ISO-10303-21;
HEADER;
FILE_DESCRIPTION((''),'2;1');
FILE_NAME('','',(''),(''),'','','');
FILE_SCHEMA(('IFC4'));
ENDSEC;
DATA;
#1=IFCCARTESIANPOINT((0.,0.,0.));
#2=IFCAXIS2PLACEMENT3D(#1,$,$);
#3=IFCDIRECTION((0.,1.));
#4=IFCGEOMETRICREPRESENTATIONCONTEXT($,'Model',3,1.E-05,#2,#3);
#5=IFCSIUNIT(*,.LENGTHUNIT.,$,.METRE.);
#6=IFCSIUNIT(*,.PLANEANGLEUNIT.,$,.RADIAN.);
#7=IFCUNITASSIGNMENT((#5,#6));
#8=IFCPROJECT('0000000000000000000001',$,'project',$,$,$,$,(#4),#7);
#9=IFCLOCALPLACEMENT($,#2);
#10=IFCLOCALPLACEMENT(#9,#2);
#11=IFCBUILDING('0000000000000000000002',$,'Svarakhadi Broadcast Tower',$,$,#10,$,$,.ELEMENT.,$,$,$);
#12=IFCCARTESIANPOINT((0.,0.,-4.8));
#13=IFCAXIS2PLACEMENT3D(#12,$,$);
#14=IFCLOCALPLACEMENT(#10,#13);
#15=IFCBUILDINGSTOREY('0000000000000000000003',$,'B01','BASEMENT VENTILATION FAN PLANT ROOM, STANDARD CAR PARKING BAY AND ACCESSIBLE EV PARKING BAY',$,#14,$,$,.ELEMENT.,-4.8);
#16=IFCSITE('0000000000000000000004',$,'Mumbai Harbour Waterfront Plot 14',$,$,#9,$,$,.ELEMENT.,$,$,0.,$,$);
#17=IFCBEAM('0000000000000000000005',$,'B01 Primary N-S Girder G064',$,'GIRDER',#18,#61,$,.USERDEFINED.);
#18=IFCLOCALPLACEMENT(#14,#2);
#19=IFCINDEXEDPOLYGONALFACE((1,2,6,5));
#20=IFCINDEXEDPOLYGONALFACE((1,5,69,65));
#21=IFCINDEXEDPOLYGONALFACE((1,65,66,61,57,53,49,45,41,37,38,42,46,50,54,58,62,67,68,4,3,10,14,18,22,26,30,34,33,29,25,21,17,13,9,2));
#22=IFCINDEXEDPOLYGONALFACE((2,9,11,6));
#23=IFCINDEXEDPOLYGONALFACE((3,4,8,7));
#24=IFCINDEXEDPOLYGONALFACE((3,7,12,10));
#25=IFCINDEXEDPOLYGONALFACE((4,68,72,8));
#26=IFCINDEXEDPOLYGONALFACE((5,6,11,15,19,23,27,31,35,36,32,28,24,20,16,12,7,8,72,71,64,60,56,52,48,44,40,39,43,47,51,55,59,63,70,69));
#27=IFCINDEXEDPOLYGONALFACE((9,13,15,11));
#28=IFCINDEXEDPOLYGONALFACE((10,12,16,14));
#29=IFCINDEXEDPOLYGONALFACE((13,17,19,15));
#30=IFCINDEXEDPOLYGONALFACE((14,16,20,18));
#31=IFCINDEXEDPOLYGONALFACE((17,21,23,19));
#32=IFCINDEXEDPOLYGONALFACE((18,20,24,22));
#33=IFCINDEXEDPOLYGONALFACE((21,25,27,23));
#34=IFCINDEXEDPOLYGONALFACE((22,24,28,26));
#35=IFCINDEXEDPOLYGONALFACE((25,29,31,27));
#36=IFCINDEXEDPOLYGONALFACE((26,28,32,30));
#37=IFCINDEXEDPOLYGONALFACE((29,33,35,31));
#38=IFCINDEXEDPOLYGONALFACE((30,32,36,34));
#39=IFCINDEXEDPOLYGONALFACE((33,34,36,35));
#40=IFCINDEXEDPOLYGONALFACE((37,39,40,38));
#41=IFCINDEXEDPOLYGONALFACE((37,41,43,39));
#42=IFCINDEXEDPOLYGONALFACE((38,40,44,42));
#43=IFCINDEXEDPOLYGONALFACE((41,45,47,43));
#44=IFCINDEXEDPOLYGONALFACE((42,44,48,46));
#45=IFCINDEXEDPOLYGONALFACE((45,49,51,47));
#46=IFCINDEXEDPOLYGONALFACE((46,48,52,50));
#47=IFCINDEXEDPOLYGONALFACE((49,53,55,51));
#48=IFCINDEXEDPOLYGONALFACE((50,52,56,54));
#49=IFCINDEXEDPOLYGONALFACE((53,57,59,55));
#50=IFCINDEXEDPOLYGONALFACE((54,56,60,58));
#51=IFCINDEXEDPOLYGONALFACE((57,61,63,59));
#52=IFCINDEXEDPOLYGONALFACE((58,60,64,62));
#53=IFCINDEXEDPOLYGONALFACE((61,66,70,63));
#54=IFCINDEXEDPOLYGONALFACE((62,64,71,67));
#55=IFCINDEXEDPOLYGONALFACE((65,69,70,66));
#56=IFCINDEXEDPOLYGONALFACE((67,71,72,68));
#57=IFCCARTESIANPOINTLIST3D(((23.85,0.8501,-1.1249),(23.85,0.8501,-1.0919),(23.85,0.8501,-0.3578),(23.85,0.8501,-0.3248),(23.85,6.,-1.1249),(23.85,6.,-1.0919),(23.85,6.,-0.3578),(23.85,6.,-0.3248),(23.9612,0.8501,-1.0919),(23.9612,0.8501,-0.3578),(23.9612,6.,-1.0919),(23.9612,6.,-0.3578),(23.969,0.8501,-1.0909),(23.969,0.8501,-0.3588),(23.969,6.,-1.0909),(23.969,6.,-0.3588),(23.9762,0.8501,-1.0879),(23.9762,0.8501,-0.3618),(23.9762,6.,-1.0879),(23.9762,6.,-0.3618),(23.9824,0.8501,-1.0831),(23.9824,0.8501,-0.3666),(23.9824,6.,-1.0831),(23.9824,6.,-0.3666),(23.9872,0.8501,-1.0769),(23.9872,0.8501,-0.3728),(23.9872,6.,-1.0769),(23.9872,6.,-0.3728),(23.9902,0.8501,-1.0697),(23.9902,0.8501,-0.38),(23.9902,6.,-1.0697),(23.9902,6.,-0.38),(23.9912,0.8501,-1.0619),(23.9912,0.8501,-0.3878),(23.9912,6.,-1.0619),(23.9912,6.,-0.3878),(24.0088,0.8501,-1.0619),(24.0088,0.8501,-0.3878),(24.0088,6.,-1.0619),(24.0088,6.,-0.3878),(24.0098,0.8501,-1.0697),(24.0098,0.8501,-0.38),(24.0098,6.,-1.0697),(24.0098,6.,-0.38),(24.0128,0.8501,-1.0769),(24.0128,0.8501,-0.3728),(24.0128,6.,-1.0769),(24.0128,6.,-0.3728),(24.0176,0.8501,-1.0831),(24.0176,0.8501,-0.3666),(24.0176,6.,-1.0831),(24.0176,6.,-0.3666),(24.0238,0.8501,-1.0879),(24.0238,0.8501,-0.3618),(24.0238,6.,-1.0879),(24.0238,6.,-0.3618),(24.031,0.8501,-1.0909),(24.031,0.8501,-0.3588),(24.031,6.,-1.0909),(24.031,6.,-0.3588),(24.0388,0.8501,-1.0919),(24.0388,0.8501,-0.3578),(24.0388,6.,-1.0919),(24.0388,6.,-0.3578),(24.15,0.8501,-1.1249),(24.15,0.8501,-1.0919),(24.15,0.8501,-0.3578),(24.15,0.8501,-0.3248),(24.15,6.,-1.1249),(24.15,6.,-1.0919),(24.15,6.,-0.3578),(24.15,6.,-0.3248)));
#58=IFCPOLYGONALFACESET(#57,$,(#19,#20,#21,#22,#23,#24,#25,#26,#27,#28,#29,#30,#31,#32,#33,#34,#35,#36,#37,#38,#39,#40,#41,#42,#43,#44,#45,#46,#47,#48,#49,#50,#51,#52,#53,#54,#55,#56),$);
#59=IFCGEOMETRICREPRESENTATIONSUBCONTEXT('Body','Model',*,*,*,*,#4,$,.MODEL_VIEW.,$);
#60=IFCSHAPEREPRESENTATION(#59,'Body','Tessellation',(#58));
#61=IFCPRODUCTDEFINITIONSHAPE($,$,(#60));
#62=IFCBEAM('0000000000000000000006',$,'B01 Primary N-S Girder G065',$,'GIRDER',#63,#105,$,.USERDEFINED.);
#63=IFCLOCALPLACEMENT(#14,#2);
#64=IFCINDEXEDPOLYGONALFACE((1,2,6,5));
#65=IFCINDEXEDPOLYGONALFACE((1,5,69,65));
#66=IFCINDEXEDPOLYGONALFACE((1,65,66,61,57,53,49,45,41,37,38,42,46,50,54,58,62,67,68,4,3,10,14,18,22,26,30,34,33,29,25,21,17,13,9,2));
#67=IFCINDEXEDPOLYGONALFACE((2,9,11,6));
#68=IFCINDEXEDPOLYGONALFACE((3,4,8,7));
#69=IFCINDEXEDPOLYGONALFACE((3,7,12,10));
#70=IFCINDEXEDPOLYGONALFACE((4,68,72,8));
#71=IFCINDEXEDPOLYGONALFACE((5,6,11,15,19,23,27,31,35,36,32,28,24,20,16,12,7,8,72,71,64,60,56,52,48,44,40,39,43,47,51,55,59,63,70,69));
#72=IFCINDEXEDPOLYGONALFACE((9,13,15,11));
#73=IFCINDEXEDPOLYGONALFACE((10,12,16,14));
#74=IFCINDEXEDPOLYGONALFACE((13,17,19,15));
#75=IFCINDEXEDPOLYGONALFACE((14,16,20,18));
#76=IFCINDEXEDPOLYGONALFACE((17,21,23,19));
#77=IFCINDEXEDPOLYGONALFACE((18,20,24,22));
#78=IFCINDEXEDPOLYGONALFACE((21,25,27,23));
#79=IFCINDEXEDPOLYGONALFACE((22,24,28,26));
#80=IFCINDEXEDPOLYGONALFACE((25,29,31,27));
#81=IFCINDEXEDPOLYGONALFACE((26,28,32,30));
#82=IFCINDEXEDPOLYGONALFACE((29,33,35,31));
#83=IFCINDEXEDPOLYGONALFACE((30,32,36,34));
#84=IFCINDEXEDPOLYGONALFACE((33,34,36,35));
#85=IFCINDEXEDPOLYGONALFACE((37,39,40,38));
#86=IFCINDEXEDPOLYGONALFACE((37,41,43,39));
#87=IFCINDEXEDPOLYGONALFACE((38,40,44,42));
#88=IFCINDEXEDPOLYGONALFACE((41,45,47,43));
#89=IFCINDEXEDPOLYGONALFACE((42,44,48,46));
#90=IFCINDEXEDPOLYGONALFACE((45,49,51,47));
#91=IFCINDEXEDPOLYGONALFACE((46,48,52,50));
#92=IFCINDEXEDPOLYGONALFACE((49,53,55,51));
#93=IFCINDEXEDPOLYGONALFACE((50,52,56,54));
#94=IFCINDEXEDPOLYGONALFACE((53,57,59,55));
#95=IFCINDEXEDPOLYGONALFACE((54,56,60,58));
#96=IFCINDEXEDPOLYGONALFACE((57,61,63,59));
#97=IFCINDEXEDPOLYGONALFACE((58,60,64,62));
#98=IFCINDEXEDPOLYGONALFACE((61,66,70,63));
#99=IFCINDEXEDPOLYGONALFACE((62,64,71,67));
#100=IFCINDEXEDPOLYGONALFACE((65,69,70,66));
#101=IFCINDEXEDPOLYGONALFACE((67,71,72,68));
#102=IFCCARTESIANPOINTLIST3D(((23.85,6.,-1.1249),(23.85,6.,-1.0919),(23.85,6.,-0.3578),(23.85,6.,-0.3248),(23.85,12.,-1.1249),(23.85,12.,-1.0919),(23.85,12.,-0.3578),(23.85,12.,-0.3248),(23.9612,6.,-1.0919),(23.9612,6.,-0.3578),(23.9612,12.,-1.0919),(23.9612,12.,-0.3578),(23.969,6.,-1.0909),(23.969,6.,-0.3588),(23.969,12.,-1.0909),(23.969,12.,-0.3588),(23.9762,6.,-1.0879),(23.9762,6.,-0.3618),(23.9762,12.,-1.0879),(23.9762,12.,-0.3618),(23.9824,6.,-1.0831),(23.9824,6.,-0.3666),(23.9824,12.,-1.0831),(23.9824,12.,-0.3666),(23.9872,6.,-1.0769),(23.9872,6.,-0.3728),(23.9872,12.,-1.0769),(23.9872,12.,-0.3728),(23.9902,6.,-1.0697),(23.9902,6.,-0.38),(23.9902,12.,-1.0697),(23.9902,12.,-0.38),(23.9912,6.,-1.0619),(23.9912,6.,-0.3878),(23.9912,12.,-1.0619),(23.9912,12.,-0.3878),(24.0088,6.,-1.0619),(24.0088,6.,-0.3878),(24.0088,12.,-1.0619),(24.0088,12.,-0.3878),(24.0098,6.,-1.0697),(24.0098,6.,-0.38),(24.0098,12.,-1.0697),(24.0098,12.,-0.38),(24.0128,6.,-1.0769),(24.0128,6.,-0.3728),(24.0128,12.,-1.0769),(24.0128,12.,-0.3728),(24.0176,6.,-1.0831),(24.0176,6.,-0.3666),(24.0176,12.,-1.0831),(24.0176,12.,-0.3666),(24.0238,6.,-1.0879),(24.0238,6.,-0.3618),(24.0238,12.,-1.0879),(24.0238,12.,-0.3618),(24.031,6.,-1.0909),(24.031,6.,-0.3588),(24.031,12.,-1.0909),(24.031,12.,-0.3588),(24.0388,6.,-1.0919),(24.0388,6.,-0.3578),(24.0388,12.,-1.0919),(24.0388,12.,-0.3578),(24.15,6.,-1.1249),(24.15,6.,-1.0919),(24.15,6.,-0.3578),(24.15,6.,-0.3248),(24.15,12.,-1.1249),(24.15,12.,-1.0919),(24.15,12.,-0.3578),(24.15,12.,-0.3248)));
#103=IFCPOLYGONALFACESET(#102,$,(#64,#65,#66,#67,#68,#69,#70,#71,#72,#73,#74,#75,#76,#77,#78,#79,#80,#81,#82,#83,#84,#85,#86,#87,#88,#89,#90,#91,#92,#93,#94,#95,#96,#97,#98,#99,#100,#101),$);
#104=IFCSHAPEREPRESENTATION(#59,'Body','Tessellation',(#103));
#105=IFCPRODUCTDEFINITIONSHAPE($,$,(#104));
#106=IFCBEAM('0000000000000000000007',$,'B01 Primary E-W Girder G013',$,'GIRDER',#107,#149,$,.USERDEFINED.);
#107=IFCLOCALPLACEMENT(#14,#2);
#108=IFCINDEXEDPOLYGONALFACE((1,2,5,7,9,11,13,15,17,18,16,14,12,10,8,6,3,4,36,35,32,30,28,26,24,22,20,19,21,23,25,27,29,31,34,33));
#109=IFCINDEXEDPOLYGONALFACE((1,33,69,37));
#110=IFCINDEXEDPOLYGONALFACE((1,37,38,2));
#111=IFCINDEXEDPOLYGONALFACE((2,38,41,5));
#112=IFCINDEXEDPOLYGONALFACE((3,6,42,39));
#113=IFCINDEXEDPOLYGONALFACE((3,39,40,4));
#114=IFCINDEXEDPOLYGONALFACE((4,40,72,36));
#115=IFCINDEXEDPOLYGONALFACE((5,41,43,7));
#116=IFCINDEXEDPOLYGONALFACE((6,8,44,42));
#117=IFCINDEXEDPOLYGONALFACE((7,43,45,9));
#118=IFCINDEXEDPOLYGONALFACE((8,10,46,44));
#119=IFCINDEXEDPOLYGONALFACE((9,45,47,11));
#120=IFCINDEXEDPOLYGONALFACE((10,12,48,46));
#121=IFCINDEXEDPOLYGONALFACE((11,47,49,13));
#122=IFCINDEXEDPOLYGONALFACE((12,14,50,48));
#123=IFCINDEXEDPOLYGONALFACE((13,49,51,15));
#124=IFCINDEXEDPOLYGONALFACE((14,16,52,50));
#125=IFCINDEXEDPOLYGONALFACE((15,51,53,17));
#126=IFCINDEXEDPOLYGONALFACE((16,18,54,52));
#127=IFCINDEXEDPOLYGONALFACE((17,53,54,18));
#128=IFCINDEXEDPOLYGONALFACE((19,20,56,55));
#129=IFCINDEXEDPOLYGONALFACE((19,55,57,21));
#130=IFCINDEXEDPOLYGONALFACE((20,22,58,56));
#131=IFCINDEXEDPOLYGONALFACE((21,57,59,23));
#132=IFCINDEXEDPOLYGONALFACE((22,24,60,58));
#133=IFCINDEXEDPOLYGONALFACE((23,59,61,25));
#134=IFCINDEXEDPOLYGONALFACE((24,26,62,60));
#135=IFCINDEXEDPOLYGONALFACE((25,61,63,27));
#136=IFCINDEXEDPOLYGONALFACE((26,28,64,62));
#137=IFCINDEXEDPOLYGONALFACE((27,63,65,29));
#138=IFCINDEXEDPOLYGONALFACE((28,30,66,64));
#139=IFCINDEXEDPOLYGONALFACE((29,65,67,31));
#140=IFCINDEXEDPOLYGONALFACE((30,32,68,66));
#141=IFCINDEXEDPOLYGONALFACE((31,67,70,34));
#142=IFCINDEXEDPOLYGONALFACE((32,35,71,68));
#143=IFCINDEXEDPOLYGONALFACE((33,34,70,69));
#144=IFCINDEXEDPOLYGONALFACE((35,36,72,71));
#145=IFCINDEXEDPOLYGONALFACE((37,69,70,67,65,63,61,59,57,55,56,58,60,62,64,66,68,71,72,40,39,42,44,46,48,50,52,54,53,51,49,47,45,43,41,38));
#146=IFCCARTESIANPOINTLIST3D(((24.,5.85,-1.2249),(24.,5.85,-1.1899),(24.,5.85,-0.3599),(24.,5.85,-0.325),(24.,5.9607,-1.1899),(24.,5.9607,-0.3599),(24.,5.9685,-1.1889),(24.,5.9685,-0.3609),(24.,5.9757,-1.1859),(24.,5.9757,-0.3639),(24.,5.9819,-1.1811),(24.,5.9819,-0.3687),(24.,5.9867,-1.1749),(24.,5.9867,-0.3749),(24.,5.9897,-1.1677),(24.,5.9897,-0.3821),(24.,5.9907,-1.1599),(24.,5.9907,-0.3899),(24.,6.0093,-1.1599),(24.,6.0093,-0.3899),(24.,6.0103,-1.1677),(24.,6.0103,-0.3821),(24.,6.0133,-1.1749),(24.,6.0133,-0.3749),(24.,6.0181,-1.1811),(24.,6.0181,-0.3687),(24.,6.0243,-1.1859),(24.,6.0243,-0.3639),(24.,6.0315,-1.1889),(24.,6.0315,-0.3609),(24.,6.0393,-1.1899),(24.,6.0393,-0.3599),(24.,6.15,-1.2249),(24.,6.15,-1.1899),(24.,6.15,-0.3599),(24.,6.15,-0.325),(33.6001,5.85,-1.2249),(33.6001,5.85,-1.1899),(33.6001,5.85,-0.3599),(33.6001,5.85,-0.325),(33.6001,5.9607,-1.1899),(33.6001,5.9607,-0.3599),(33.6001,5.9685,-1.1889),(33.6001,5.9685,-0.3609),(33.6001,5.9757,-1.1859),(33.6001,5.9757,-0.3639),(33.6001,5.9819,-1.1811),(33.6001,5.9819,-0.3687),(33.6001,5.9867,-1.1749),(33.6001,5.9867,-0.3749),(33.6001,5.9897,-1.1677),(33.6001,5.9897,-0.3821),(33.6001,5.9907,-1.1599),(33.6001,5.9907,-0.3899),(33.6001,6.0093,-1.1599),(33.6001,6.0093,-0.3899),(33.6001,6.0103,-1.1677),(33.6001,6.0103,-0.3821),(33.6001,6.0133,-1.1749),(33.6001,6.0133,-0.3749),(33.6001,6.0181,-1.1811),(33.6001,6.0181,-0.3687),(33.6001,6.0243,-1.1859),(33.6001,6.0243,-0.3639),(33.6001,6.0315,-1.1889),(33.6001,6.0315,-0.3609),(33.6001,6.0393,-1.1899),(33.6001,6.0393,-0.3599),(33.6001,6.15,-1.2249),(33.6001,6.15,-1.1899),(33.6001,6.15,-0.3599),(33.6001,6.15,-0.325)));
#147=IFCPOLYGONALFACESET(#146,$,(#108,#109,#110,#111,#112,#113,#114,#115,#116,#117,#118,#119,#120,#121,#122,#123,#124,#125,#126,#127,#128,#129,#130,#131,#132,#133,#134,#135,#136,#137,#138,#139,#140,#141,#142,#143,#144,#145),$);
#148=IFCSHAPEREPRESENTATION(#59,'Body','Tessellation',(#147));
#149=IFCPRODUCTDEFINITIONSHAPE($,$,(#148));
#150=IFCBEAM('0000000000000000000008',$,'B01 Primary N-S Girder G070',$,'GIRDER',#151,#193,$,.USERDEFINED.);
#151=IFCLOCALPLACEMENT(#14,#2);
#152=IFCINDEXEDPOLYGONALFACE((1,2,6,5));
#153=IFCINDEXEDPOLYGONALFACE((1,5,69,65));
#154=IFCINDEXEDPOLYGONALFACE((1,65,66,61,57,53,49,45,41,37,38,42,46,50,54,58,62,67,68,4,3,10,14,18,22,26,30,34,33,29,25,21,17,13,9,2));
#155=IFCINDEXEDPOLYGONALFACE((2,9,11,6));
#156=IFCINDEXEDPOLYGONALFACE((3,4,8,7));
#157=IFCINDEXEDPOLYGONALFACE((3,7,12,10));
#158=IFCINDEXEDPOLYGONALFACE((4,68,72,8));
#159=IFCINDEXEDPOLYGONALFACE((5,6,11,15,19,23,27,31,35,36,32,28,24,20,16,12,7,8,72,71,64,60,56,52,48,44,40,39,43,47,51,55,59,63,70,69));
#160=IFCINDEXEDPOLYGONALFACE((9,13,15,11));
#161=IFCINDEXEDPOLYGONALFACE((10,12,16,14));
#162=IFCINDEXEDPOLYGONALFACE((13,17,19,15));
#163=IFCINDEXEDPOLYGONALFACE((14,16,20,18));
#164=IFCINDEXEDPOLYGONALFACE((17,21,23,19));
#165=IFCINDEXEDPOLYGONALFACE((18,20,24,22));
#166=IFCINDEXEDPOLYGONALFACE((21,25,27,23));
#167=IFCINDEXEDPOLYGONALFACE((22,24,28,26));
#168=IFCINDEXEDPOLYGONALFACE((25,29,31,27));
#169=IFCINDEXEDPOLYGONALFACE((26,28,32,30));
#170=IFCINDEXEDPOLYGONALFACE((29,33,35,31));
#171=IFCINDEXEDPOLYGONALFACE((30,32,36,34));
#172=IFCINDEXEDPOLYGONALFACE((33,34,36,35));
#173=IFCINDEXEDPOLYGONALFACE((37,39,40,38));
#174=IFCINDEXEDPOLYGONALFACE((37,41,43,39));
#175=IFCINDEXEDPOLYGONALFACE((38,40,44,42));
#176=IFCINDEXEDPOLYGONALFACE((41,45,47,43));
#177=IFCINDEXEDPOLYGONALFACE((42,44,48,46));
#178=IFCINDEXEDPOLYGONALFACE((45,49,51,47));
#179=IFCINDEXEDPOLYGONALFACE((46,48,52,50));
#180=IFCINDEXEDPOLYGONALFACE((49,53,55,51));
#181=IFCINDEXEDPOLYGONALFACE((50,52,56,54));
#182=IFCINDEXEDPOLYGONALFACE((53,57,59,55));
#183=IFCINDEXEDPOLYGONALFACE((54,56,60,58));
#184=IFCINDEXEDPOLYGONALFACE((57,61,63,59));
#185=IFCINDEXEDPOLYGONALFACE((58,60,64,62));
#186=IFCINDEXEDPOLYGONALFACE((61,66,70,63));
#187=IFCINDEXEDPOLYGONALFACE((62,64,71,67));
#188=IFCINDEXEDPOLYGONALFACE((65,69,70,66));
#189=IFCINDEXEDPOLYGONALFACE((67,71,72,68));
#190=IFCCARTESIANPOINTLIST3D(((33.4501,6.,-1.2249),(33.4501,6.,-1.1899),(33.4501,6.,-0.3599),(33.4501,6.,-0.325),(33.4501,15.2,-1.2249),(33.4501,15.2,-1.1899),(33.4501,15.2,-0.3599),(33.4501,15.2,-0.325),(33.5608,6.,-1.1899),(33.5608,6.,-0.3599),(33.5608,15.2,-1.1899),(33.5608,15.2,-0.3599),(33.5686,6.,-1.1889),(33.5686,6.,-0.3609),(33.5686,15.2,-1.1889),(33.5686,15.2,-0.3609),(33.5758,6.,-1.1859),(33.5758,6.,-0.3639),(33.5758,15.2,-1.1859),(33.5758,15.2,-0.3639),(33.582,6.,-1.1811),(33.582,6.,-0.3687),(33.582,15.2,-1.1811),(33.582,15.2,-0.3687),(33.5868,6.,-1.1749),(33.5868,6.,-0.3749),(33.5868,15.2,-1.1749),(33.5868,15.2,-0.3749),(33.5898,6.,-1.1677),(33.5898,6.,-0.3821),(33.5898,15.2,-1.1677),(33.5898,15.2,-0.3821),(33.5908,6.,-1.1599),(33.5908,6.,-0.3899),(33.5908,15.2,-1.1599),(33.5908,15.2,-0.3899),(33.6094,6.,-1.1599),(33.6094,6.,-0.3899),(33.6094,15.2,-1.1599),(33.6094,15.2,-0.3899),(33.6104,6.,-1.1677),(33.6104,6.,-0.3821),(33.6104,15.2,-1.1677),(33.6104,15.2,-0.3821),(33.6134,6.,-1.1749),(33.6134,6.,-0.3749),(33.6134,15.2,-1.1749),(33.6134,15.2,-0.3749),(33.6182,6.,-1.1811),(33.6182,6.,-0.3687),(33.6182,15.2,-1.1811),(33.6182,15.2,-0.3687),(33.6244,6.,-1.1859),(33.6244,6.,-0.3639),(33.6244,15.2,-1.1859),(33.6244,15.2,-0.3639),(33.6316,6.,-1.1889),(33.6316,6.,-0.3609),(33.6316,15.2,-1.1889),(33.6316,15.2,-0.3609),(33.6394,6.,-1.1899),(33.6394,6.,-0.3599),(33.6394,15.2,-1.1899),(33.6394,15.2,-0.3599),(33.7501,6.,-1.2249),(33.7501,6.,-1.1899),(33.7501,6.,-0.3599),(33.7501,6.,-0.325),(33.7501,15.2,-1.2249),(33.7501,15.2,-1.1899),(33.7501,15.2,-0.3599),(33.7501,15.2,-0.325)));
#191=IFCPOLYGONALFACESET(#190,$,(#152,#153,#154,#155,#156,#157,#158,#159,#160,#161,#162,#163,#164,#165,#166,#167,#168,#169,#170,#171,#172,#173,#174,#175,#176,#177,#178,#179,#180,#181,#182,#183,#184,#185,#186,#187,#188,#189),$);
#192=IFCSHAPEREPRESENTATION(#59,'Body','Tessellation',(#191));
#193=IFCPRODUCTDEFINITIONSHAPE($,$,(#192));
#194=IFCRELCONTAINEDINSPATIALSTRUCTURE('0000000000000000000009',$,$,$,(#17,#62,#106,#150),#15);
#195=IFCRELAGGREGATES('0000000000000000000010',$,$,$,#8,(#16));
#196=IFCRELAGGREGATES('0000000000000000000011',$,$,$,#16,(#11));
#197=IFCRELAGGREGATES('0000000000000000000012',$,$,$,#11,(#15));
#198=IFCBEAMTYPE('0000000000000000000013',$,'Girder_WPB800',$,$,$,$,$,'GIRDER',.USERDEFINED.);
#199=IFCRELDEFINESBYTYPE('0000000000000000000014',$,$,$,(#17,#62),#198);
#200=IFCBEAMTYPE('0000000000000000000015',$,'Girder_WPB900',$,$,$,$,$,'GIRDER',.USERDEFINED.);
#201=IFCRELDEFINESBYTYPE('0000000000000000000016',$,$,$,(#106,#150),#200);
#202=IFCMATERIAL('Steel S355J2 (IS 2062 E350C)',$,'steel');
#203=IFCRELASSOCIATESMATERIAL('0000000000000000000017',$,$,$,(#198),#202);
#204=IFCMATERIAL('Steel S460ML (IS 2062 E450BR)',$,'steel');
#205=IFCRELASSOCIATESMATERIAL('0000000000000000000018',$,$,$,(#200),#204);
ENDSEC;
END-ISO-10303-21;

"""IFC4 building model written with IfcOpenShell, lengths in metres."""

from ifc_helpers import new_model, si_unit, direction, frame, origin, origin_2d, place, context, subcontext, project, spatial, i_section, extrude, material, material_profile, profile_set, type_object, element, save


model = new_model("IFC4")

# Units and contexts
model_context = context("Model", 3, precision=1e-05, world=origin(), true_north=direction((0.0, 1.0)))
body_context = subcontext(model_context, "Body", "Model", "MODEL_VIEW")
ifc_project = project(units=[si_unit("LENGTHUNIT", "METRE"), si_unit("PLANEANGLEUNIT", "RADIAN")], contexts=[model_context])

# Site, building, storey
site_placement = place(None, origin())
site = spatial("IfcSite", under=ifc_project, at=site_placement, Name="Mumbai Harbour Waterfront Plot 14", CompositionType="ELEMENT", RefElevation=0.0)
building_placement = place(site_placement, origin())
building = spatial("IfcBuilding", under=site, at=building_placement, Name="Svarakhadi Broadcast Tower", CompositionType="ELEMENT")
storey_placement = place(building_placement, frame((0.0, 0.0, -4.8)))
storey = spatial("IfcBuildingStorey", under=building, at=storey_placement, Name="B01", Description="BASEMENT VENTILATION FAN PLANT ROOM, STANDARD CAR PARKING BAY AND ACCESSIBLE EV PARKING BAY", CompositionType="ELEMENT", Elevation=-4.8)

# Beams
ifc_material_1 = material(Name="Steel S355J2 (IS 2062 E350C)", Category="steel")
ifc_material_profile_1 = material_profile(ifc_material_1, i_section(OverallWidth=0.3, OverallDepth=0.8, WebThickness=0.0176, FlangeThickness=0.033, FilletRadius=0.03, at=origin_2d()), Name="WPB 800x300x262")
ifc_profile_set_1 = profile_set([ifc_material_profile_1], Name="Steel S355J2 (IS 2062 E350C)")
beam_type_1 = type_object("IfcBeamType", Name="Girder_WPB800", ElementType="GIRDER", PredefinedType="USERDEFINED", material=ifc_profile_set_1)
for number, where, z_axis, x_axis, name in (
    (1, (24.0, 0.8501, -0.7249), (0.0, 1.0, 0.0), (-1.0, 0.0, 0.0), "B01 Primary N-S Girder G064"),
):
    element("IfcBeam", number, at=place(storey_placement, frame(where, z_axis=z_axis, x_axis=x_axis)), inside=storey, type_object=beam_type_1, Name=name, ObjectType="GIRDER", PredefinedType="USERDEFINED", context=body_context, shape_type="SweptSolid", body=[
        extrude(i_section(OverallWidth=0.3, OverallDepth=0.8, WebThickness=0.0176, FlangeThickness=0.033, FilletRadius=0.03, at=origin_2d()), origin(), (0.0, 0.0, 1.0), 5.1499),
    ])
beam_1_placement = place(storey_placement, frame((24.0, 6.0, -0.7249), z_axis=(0.0, 1.0, 0.0), x_axis=(-1.0, 0.0, 0.0)))
element("IfcBeam", 2, at=beam_1_placement, inside=storey, type_object=beam_type_1, Name="B01 Primary N-S Girder G065", ObjectType="GIRDER", PredefinedType="USERDEFINED", context=body_context, shape_type="SweptSolid", body=[
    extrude(i_section(OverallWidth=0.3, OverallDepth=0.8, WebThickness=0.0176, FlangeThickness=0.033, FilletRadius=0.03, at=origin_2d()), origin(), (0.0, 0.0, 1.0), 6.0),
])
ifc_material_2 = material(Name="Steel S460ML (IS 2062 E450BR)", Category="steel")
ifc_material_profile_2 = material_profile(ifc_material_2, i_section(OverallWidth=0.3, OverallDepth=0.8999, WebThickness=0.0186, FlangeThickness=0.0349, FilletRadius=0.03, at=origin_2d()), Name="WPB 900x300x291")
ifc_profile_set_2 = profile_set([ifc_material_profile_2], Name="Steel S460ML (IS 2062 E450BR)")
beam_type_2 = type_object("IfcBeamType", Name="Girder_WPB900", ElementType="GIRDER", PredefinedType="USERDEFINED", material=ifc_profile_set_2)
beam_2_placement = place(storey_placement, frame((24.0, 6.0, -0.7749), z_axis=(1.0, 0.0, 0.0), x_axis=(0.0, 1.0, 0.0)))
element("IfcBeam", 3, at=beam_2_placement, inside=storey, type_object=beam_type_2, Name="B01 Primary E-W Girder G013", ObjectType="GIRDER", PredefinedType="USERDEFINED", context=body_context, shape_type="SweptSolid", body=[
    extrude(i_section(OverallWidth=0.3, OverallDepth=0.8999, WebThickness=0.0186, FlangeThickness=0.0349, FilletRadius=0.03, at=origin_2d()), origin(), (0.0, 0.0, 1.0), 9.6001),
])
beam_3_placement = place(storey_placement, frame((33.6001, 6.0, -0.7749), z_axis=(0.0, 1.0, 0.0), x_axis=(-1.0, 0.0, 0.0)))
element("IfcBeam", 4, at=beam_3_placement, inside=storey, type_object=beam_type_2, Name="B01 Primary N-S Girder G070", ObjectType="GIRDER", PredefinedType="USERDEFINED", context=body_context, shape_type="SweptSolid", body=[
    extrude(i_section(OverallWidth=0.3, OverallDepth=0.8999, WebThickness=0.0186, FlangeThickness=0.0349, FilletRadius=0.03, at=origin_2d()), origin(), (0.0, 0.0, 1.0), 9.2),
])

save(model, "model.ifc")
